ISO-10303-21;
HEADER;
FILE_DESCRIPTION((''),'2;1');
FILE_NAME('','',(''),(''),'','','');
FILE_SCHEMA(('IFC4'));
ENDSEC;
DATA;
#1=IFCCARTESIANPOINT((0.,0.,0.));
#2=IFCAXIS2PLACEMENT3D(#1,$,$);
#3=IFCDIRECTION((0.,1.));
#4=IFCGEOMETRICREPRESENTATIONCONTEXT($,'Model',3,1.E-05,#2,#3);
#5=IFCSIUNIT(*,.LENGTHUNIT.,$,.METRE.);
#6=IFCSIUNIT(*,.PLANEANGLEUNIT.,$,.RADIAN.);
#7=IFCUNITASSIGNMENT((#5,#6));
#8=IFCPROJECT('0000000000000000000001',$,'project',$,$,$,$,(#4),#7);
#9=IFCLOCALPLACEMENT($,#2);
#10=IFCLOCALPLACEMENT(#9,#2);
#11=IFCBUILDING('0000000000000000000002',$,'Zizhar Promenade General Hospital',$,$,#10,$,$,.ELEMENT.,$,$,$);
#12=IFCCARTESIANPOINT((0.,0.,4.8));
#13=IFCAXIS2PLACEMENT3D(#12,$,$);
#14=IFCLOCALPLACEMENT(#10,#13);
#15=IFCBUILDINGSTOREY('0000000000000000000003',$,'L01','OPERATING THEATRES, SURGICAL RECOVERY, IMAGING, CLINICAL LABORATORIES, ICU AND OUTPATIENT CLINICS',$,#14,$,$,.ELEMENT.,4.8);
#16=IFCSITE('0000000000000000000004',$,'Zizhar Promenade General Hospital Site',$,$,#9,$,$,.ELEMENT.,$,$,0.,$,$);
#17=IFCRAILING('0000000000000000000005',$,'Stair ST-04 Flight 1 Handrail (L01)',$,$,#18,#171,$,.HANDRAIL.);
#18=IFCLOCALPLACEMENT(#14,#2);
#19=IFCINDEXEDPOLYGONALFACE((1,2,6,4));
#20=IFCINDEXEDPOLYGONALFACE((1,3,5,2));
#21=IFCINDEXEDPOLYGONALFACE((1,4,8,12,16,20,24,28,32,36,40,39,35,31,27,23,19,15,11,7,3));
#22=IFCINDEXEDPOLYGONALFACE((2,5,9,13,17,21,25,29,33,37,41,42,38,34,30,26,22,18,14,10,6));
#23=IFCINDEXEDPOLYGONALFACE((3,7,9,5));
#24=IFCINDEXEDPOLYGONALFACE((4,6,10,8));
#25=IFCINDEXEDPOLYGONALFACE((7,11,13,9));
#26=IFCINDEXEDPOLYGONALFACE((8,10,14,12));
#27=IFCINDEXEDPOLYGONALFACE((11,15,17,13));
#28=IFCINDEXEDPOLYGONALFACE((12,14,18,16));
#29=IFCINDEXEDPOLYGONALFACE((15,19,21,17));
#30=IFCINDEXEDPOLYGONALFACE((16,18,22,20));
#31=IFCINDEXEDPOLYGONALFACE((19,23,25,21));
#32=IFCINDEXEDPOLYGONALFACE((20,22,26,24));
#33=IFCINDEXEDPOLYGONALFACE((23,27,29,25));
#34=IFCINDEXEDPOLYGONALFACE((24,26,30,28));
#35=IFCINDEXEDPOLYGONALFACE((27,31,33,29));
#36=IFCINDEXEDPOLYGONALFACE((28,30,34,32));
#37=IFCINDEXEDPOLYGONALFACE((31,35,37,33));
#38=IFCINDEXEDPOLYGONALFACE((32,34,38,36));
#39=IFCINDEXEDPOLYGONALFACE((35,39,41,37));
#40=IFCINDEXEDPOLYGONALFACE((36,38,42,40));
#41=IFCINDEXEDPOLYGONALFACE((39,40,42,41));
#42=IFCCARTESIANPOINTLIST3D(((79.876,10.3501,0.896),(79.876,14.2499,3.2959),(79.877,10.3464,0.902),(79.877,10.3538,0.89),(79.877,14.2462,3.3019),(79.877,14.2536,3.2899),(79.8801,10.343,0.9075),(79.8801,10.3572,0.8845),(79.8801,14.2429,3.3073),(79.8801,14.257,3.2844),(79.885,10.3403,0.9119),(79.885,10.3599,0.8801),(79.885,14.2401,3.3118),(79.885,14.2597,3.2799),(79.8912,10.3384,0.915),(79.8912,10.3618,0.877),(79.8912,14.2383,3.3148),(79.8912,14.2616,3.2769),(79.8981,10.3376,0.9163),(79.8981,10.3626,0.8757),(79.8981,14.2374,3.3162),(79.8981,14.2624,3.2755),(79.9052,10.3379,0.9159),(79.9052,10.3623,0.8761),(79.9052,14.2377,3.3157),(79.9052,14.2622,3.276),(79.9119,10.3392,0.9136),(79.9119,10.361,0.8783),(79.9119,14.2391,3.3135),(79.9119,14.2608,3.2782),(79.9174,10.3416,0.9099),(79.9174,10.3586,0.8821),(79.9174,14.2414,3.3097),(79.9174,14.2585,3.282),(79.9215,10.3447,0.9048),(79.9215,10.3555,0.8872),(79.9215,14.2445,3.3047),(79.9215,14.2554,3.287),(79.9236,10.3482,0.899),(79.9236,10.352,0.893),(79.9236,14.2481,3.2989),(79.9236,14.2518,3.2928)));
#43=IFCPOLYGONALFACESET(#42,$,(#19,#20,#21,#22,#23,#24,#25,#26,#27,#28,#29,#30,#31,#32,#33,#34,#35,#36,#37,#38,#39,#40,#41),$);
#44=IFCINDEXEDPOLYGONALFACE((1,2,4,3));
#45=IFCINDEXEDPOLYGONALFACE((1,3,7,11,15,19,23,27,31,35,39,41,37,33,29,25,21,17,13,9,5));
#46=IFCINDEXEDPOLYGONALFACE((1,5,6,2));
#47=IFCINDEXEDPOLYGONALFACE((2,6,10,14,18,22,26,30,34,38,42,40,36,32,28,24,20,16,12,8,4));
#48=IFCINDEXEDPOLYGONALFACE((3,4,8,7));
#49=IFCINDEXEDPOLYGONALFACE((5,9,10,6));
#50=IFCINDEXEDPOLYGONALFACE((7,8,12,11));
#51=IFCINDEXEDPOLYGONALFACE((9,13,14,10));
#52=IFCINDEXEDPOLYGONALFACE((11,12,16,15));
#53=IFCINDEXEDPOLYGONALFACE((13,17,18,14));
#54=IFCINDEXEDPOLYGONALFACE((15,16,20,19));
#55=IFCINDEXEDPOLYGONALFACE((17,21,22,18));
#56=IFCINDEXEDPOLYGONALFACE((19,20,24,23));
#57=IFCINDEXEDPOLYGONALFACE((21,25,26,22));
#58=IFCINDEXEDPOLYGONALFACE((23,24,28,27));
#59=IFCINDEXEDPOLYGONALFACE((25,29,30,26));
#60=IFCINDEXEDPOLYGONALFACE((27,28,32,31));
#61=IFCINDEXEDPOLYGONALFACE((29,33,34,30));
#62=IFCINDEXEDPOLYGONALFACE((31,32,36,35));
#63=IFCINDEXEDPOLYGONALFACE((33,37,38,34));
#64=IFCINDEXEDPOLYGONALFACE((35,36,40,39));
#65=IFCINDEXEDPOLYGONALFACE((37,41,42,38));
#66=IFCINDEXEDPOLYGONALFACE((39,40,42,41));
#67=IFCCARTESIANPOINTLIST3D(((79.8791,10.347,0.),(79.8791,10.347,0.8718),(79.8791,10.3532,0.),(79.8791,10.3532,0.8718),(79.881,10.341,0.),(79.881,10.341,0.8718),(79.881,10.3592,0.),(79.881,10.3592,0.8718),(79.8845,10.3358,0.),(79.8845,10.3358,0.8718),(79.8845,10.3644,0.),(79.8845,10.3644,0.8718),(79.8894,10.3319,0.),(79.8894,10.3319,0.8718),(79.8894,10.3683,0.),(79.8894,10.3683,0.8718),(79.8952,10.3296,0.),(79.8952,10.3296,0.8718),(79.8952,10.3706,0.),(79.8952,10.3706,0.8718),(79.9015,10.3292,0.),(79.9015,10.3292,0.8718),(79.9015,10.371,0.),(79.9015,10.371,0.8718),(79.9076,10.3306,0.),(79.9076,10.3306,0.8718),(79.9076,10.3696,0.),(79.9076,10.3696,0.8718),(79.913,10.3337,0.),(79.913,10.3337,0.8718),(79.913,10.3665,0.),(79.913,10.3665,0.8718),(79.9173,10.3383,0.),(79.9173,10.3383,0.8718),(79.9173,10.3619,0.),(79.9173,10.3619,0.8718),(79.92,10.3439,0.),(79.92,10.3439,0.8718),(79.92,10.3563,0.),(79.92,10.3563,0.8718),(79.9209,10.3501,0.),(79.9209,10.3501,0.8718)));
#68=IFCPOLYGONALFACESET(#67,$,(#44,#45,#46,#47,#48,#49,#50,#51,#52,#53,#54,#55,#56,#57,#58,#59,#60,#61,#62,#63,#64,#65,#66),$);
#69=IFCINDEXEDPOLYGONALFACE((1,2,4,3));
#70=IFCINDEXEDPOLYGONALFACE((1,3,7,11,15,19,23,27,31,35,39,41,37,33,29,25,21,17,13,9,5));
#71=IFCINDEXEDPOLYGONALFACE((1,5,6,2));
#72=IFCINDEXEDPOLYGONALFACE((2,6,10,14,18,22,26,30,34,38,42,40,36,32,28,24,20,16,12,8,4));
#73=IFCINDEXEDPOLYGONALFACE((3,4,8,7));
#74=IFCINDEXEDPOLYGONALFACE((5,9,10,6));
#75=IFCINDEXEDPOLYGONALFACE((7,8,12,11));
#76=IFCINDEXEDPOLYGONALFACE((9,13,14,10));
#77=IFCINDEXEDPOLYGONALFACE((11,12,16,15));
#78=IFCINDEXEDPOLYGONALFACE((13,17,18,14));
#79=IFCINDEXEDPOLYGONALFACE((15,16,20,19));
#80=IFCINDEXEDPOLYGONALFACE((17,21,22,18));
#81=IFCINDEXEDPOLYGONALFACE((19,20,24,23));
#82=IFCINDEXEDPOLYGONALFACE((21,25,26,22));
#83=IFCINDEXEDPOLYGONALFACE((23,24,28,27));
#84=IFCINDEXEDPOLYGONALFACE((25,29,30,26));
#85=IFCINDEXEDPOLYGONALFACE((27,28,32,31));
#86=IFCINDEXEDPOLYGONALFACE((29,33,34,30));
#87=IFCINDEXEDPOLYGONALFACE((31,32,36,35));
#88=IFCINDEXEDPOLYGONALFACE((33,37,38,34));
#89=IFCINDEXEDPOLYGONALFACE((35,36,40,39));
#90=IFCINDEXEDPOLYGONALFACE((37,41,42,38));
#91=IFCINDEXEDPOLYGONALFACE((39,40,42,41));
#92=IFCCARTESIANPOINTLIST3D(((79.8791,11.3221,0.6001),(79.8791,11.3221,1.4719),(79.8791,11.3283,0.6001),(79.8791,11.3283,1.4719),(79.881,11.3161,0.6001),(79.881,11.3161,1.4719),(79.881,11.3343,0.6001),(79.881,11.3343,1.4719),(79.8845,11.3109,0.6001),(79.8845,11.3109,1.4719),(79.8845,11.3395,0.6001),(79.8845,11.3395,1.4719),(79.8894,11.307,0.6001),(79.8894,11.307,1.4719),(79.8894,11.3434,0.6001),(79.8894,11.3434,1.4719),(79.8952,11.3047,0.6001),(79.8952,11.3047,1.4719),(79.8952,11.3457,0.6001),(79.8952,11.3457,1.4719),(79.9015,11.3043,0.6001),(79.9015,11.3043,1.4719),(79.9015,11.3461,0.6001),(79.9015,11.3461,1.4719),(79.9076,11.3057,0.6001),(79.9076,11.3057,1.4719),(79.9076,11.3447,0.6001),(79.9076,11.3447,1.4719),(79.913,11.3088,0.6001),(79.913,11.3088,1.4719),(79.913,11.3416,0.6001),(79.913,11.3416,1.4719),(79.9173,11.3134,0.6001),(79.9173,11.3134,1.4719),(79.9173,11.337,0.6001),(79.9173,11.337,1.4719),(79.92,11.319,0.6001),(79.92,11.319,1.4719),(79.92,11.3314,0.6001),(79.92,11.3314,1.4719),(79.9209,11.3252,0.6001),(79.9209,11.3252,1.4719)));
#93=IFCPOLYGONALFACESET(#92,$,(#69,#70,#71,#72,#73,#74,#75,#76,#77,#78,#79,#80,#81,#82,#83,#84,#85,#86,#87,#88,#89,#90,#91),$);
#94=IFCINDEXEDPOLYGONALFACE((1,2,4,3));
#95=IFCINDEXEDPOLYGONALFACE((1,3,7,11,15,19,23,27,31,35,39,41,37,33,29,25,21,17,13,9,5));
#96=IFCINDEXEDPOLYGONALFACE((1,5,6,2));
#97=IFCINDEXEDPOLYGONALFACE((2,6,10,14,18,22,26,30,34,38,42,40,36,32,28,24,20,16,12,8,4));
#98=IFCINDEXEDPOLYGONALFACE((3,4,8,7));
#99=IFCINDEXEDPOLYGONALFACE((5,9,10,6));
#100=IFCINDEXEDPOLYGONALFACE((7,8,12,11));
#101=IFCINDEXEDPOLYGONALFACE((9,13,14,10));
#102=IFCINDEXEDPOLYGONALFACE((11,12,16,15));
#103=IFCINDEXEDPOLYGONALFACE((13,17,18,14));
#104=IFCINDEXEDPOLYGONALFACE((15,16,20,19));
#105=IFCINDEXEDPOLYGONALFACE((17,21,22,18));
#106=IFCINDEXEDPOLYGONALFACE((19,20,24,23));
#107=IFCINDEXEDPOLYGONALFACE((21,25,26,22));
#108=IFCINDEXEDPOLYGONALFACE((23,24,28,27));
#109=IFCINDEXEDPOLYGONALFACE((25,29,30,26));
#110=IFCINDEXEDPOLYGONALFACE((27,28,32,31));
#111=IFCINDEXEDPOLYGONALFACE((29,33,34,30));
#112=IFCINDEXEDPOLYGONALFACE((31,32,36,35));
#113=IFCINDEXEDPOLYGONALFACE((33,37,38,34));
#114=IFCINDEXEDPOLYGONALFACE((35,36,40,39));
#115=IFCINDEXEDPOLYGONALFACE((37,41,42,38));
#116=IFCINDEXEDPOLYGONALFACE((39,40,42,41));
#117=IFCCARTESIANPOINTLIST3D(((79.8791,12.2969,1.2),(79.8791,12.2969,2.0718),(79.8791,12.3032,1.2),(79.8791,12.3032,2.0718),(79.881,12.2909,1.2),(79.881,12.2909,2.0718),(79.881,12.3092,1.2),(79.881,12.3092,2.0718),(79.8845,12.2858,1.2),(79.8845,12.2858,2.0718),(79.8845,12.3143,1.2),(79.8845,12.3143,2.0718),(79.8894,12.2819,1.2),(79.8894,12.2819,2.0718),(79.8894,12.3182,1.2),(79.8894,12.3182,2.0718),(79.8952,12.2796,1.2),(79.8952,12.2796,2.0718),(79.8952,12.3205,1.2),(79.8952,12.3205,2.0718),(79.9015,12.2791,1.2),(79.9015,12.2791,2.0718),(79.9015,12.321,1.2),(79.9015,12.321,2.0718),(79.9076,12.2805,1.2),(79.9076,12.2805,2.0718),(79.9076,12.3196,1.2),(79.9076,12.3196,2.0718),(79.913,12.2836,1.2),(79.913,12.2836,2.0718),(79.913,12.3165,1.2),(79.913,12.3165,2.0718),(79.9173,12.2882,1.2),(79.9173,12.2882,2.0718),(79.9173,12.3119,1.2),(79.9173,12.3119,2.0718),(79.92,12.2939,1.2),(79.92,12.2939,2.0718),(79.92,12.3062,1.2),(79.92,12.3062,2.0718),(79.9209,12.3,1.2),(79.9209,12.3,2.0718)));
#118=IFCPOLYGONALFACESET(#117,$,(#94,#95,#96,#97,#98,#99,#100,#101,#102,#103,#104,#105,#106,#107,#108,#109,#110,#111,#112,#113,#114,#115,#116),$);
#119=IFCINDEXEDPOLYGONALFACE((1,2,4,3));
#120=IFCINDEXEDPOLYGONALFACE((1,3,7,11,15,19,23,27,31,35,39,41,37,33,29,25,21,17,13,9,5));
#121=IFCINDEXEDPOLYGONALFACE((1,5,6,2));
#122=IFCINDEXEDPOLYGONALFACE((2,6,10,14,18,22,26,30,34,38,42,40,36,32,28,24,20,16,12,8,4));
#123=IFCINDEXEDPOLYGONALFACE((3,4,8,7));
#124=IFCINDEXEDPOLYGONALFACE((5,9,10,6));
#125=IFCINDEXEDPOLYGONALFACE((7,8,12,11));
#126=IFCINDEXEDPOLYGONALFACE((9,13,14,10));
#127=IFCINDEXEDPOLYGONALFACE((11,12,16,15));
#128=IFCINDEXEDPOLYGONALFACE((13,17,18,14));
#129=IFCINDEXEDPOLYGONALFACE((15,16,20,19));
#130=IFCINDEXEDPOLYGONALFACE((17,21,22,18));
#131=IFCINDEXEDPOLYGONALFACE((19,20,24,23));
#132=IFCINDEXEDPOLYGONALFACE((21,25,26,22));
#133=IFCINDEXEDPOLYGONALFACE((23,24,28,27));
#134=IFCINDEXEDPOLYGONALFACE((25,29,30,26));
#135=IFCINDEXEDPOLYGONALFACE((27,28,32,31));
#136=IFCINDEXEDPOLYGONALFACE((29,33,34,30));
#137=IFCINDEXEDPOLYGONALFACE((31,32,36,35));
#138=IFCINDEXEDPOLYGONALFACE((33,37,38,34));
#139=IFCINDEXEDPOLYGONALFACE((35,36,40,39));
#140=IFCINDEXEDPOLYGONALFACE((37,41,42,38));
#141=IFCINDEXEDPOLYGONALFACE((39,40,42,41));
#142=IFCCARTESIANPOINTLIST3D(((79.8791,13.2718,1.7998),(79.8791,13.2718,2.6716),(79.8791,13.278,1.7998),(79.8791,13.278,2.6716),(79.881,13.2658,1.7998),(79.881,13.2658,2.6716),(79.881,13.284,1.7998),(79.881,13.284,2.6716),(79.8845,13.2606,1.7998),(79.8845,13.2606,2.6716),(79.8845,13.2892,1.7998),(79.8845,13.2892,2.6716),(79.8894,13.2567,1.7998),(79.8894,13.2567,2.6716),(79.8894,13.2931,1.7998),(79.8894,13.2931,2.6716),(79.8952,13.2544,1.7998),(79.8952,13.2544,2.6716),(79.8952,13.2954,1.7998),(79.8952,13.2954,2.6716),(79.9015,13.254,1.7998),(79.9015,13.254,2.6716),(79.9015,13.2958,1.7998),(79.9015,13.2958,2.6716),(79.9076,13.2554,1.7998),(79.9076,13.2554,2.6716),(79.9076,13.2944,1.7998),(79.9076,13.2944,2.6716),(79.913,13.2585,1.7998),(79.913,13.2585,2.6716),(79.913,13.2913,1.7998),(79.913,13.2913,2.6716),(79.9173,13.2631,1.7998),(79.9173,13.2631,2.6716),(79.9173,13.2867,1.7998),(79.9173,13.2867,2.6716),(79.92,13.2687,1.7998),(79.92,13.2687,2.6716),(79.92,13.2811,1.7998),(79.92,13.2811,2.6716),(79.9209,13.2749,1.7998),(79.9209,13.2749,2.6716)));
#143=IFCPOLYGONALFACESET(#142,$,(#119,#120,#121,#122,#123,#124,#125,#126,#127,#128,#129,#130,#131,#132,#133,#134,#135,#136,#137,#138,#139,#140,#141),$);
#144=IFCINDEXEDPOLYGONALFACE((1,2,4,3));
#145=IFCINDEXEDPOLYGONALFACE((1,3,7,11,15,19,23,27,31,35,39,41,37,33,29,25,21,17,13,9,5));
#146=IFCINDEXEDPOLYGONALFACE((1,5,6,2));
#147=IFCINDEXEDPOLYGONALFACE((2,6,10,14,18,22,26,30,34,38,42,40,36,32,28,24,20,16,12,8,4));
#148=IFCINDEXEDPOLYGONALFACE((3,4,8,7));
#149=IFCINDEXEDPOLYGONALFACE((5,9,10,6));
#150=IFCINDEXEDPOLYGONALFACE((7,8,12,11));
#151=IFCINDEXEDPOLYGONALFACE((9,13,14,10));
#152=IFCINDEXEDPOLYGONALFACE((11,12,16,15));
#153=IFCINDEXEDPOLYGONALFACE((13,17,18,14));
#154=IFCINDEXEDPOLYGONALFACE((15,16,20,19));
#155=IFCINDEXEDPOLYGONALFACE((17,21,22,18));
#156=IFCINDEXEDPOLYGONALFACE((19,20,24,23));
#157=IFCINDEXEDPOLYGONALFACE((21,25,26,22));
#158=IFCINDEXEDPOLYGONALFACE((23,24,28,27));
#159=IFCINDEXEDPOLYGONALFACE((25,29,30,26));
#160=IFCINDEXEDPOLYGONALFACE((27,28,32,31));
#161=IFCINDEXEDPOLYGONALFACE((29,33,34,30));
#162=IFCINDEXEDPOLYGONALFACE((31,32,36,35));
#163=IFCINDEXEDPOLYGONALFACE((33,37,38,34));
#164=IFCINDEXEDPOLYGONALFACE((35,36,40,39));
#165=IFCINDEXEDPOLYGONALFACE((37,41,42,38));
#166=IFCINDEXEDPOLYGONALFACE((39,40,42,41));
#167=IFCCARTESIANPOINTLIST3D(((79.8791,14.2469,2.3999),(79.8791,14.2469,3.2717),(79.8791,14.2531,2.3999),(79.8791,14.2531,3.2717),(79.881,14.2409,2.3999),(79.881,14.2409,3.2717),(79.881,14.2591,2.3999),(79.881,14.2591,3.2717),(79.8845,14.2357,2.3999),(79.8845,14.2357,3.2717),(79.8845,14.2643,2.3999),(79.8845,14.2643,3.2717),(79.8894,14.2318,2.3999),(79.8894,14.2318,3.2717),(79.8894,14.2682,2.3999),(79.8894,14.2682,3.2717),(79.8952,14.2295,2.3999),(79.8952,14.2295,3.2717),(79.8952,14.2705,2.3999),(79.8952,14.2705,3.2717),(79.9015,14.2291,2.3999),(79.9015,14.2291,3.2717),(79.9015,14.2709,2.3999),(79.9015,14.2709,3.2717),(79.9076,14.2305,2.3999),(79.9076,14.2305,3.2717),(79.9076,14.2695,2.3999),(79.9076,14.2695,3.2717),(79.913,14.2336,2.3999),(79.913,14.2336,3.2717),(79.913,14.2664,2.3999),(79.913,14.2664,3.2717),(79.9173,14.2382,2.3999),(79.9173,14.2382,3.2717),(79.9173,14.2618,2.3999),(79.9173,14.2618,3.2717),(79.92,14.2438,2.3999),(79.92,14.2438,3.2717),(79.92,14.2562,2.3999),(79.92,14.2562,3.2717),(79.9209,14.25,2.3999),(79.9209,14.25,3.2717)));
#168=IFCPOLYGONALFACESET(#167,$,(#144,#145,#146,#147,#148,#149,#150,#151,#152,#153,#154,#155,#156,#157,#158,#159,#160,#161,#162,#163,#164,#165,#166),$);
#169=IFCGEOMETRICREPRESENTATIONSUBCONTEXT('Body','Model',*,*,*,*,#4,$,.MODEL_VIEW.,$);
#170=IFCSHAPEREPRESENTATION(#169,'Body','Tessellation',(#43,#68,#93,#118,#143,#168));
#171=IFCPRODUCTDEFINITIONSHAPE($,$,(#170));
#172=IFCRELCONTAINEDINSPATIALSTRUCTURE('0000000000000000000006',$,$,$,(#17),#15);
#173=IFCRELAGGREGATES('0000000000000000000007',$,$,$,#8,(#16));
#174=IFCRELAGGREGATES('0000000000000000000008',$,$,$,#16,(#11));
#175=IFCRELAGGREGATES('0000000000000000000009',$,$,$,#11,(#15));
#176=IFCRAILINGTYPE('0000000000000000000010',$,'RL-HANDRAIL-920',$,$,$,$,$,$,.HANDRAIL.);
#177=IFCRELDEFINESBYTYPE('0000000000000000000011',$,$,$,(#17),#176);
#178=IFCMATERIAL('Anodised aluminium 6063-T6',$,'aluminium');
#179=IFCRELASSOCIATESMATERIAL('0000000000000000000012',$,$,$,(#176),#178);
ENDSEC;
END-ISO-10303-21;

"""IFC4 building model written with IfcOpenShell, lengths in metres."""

from ifc_helpers import new_model, si_unit, direction, frame, origin, origin_2d, place, context, subcontext, project, spatial, circle, hollow_circle, extrude, material, material_profile, profile_set, type_object, element, save


model = new_model("IFC4")

# Units and contexts
model_context = context("Model", 3, precision=1e-05, world=origin(), true_north=direction((0.0, 1.0)))
body_context = subcontext(model_context, "Body", "Model", "MODEL_VIEW")
ifc_project = project(units=[si_unit("LENGTHUNIT", "METRE"), si_unit("PLANEANGLEUNIT", "RADIAN")], contexts=[model_context])

# Site, building, storey
site_placement = place(None, origin())
site = spatial("IfcSite", under=ifc_project, at=site_placement, Name="Zizhar Promenade General Hospital Site", CompositionType="ELEMENT", RefElevation=0.0)
building_placement = place(site_placement, origin())
building = spatial("IfcBuilding", under=site, at=building_placement, Name="Zizhar Promenade General Hospital", CompositionType="ELEMENT")
storey_placement = place(building_placement, frame((0.0, 0.0, 4.8)))
storey = spatial("IfcBuildingStorey", under=building, at=storey_placement, Name="L01", Description="OPERATING THEATRES, SURGICAL RECOVERY, IMAGING, CLINICAL LABORATORIES, ICU AND OUTPATIENT CLINICS", CompositionType="ELEMENT", Elevation=4.8)

# Railing
ifc_material_1 = material(Name="Anodised aluminium 6063-T6", Category="aluminium")
ifc_material_profile_1 = material_profile(ifc_material_1, hollow_circle(Radius=0.0698, WallThickness=0.0063, at=origin_2d()))
ifc_profile_set_1 = profile_set([ifc_material_profile_1], Name="Anodised aluminium 6063-T6")
railing_type_1 = type_object("IfcRailingType", Name="RL-HANDRAIL-920", PredefinedType="HANDRAIL", material=ifc_profile_set_1)
railing_1_placement = place(storey_placement, frame((79.8999, 10.3501, 0.0)))
element("IfcRailing", 1, at=railing_1_placement, inside=storey, type_object=railing_type_1, Name="Stair ST-04 Flight 1 Handrail (L01)", PredefinedType="HANDRAIL", context=body_context, shape_type="SweptSolid", body=[
    extrude(circle(Radius=0.0239, at=origin_2d()), frame((0.0, 0.0, 0.896), z_axis=(0.0, 0.851662, 0.524091), x_axis=(-1.0, 0.0, 0.0)), (0.0, 0.0, 1.0), 4.5791),
    extrude(circle(Radius=0.021, at=origin_2d()), origin(), (0.0, 0.0, 1.0), 0.8718),
    extrude(circle(Radius=0.021, at=origin_2d()), frame((0.0, 0.9751, 0.6001)), (0.0, 0.0, 1.0), 0.8718),
    extrude(circle(Radius=0.021, at=origin_2d()), frame((0.0, 1.95, 1.2)), (0.0, 0.0, 1.0), 0.8718),
    extrude(circle(Radius=0.021, at=origin_2d()), frame((0.0, 2.9248, 1.7998)), (0.0, 0.0, 1.0), 0.8718),
    extrude(circle(Radius=0.021, at=origin_2d()), frame((0.0, 3.8999, 2.3999)), (0.0, 0.0, 1.0), 0.8718),
])

save(model, "model.ifc")
